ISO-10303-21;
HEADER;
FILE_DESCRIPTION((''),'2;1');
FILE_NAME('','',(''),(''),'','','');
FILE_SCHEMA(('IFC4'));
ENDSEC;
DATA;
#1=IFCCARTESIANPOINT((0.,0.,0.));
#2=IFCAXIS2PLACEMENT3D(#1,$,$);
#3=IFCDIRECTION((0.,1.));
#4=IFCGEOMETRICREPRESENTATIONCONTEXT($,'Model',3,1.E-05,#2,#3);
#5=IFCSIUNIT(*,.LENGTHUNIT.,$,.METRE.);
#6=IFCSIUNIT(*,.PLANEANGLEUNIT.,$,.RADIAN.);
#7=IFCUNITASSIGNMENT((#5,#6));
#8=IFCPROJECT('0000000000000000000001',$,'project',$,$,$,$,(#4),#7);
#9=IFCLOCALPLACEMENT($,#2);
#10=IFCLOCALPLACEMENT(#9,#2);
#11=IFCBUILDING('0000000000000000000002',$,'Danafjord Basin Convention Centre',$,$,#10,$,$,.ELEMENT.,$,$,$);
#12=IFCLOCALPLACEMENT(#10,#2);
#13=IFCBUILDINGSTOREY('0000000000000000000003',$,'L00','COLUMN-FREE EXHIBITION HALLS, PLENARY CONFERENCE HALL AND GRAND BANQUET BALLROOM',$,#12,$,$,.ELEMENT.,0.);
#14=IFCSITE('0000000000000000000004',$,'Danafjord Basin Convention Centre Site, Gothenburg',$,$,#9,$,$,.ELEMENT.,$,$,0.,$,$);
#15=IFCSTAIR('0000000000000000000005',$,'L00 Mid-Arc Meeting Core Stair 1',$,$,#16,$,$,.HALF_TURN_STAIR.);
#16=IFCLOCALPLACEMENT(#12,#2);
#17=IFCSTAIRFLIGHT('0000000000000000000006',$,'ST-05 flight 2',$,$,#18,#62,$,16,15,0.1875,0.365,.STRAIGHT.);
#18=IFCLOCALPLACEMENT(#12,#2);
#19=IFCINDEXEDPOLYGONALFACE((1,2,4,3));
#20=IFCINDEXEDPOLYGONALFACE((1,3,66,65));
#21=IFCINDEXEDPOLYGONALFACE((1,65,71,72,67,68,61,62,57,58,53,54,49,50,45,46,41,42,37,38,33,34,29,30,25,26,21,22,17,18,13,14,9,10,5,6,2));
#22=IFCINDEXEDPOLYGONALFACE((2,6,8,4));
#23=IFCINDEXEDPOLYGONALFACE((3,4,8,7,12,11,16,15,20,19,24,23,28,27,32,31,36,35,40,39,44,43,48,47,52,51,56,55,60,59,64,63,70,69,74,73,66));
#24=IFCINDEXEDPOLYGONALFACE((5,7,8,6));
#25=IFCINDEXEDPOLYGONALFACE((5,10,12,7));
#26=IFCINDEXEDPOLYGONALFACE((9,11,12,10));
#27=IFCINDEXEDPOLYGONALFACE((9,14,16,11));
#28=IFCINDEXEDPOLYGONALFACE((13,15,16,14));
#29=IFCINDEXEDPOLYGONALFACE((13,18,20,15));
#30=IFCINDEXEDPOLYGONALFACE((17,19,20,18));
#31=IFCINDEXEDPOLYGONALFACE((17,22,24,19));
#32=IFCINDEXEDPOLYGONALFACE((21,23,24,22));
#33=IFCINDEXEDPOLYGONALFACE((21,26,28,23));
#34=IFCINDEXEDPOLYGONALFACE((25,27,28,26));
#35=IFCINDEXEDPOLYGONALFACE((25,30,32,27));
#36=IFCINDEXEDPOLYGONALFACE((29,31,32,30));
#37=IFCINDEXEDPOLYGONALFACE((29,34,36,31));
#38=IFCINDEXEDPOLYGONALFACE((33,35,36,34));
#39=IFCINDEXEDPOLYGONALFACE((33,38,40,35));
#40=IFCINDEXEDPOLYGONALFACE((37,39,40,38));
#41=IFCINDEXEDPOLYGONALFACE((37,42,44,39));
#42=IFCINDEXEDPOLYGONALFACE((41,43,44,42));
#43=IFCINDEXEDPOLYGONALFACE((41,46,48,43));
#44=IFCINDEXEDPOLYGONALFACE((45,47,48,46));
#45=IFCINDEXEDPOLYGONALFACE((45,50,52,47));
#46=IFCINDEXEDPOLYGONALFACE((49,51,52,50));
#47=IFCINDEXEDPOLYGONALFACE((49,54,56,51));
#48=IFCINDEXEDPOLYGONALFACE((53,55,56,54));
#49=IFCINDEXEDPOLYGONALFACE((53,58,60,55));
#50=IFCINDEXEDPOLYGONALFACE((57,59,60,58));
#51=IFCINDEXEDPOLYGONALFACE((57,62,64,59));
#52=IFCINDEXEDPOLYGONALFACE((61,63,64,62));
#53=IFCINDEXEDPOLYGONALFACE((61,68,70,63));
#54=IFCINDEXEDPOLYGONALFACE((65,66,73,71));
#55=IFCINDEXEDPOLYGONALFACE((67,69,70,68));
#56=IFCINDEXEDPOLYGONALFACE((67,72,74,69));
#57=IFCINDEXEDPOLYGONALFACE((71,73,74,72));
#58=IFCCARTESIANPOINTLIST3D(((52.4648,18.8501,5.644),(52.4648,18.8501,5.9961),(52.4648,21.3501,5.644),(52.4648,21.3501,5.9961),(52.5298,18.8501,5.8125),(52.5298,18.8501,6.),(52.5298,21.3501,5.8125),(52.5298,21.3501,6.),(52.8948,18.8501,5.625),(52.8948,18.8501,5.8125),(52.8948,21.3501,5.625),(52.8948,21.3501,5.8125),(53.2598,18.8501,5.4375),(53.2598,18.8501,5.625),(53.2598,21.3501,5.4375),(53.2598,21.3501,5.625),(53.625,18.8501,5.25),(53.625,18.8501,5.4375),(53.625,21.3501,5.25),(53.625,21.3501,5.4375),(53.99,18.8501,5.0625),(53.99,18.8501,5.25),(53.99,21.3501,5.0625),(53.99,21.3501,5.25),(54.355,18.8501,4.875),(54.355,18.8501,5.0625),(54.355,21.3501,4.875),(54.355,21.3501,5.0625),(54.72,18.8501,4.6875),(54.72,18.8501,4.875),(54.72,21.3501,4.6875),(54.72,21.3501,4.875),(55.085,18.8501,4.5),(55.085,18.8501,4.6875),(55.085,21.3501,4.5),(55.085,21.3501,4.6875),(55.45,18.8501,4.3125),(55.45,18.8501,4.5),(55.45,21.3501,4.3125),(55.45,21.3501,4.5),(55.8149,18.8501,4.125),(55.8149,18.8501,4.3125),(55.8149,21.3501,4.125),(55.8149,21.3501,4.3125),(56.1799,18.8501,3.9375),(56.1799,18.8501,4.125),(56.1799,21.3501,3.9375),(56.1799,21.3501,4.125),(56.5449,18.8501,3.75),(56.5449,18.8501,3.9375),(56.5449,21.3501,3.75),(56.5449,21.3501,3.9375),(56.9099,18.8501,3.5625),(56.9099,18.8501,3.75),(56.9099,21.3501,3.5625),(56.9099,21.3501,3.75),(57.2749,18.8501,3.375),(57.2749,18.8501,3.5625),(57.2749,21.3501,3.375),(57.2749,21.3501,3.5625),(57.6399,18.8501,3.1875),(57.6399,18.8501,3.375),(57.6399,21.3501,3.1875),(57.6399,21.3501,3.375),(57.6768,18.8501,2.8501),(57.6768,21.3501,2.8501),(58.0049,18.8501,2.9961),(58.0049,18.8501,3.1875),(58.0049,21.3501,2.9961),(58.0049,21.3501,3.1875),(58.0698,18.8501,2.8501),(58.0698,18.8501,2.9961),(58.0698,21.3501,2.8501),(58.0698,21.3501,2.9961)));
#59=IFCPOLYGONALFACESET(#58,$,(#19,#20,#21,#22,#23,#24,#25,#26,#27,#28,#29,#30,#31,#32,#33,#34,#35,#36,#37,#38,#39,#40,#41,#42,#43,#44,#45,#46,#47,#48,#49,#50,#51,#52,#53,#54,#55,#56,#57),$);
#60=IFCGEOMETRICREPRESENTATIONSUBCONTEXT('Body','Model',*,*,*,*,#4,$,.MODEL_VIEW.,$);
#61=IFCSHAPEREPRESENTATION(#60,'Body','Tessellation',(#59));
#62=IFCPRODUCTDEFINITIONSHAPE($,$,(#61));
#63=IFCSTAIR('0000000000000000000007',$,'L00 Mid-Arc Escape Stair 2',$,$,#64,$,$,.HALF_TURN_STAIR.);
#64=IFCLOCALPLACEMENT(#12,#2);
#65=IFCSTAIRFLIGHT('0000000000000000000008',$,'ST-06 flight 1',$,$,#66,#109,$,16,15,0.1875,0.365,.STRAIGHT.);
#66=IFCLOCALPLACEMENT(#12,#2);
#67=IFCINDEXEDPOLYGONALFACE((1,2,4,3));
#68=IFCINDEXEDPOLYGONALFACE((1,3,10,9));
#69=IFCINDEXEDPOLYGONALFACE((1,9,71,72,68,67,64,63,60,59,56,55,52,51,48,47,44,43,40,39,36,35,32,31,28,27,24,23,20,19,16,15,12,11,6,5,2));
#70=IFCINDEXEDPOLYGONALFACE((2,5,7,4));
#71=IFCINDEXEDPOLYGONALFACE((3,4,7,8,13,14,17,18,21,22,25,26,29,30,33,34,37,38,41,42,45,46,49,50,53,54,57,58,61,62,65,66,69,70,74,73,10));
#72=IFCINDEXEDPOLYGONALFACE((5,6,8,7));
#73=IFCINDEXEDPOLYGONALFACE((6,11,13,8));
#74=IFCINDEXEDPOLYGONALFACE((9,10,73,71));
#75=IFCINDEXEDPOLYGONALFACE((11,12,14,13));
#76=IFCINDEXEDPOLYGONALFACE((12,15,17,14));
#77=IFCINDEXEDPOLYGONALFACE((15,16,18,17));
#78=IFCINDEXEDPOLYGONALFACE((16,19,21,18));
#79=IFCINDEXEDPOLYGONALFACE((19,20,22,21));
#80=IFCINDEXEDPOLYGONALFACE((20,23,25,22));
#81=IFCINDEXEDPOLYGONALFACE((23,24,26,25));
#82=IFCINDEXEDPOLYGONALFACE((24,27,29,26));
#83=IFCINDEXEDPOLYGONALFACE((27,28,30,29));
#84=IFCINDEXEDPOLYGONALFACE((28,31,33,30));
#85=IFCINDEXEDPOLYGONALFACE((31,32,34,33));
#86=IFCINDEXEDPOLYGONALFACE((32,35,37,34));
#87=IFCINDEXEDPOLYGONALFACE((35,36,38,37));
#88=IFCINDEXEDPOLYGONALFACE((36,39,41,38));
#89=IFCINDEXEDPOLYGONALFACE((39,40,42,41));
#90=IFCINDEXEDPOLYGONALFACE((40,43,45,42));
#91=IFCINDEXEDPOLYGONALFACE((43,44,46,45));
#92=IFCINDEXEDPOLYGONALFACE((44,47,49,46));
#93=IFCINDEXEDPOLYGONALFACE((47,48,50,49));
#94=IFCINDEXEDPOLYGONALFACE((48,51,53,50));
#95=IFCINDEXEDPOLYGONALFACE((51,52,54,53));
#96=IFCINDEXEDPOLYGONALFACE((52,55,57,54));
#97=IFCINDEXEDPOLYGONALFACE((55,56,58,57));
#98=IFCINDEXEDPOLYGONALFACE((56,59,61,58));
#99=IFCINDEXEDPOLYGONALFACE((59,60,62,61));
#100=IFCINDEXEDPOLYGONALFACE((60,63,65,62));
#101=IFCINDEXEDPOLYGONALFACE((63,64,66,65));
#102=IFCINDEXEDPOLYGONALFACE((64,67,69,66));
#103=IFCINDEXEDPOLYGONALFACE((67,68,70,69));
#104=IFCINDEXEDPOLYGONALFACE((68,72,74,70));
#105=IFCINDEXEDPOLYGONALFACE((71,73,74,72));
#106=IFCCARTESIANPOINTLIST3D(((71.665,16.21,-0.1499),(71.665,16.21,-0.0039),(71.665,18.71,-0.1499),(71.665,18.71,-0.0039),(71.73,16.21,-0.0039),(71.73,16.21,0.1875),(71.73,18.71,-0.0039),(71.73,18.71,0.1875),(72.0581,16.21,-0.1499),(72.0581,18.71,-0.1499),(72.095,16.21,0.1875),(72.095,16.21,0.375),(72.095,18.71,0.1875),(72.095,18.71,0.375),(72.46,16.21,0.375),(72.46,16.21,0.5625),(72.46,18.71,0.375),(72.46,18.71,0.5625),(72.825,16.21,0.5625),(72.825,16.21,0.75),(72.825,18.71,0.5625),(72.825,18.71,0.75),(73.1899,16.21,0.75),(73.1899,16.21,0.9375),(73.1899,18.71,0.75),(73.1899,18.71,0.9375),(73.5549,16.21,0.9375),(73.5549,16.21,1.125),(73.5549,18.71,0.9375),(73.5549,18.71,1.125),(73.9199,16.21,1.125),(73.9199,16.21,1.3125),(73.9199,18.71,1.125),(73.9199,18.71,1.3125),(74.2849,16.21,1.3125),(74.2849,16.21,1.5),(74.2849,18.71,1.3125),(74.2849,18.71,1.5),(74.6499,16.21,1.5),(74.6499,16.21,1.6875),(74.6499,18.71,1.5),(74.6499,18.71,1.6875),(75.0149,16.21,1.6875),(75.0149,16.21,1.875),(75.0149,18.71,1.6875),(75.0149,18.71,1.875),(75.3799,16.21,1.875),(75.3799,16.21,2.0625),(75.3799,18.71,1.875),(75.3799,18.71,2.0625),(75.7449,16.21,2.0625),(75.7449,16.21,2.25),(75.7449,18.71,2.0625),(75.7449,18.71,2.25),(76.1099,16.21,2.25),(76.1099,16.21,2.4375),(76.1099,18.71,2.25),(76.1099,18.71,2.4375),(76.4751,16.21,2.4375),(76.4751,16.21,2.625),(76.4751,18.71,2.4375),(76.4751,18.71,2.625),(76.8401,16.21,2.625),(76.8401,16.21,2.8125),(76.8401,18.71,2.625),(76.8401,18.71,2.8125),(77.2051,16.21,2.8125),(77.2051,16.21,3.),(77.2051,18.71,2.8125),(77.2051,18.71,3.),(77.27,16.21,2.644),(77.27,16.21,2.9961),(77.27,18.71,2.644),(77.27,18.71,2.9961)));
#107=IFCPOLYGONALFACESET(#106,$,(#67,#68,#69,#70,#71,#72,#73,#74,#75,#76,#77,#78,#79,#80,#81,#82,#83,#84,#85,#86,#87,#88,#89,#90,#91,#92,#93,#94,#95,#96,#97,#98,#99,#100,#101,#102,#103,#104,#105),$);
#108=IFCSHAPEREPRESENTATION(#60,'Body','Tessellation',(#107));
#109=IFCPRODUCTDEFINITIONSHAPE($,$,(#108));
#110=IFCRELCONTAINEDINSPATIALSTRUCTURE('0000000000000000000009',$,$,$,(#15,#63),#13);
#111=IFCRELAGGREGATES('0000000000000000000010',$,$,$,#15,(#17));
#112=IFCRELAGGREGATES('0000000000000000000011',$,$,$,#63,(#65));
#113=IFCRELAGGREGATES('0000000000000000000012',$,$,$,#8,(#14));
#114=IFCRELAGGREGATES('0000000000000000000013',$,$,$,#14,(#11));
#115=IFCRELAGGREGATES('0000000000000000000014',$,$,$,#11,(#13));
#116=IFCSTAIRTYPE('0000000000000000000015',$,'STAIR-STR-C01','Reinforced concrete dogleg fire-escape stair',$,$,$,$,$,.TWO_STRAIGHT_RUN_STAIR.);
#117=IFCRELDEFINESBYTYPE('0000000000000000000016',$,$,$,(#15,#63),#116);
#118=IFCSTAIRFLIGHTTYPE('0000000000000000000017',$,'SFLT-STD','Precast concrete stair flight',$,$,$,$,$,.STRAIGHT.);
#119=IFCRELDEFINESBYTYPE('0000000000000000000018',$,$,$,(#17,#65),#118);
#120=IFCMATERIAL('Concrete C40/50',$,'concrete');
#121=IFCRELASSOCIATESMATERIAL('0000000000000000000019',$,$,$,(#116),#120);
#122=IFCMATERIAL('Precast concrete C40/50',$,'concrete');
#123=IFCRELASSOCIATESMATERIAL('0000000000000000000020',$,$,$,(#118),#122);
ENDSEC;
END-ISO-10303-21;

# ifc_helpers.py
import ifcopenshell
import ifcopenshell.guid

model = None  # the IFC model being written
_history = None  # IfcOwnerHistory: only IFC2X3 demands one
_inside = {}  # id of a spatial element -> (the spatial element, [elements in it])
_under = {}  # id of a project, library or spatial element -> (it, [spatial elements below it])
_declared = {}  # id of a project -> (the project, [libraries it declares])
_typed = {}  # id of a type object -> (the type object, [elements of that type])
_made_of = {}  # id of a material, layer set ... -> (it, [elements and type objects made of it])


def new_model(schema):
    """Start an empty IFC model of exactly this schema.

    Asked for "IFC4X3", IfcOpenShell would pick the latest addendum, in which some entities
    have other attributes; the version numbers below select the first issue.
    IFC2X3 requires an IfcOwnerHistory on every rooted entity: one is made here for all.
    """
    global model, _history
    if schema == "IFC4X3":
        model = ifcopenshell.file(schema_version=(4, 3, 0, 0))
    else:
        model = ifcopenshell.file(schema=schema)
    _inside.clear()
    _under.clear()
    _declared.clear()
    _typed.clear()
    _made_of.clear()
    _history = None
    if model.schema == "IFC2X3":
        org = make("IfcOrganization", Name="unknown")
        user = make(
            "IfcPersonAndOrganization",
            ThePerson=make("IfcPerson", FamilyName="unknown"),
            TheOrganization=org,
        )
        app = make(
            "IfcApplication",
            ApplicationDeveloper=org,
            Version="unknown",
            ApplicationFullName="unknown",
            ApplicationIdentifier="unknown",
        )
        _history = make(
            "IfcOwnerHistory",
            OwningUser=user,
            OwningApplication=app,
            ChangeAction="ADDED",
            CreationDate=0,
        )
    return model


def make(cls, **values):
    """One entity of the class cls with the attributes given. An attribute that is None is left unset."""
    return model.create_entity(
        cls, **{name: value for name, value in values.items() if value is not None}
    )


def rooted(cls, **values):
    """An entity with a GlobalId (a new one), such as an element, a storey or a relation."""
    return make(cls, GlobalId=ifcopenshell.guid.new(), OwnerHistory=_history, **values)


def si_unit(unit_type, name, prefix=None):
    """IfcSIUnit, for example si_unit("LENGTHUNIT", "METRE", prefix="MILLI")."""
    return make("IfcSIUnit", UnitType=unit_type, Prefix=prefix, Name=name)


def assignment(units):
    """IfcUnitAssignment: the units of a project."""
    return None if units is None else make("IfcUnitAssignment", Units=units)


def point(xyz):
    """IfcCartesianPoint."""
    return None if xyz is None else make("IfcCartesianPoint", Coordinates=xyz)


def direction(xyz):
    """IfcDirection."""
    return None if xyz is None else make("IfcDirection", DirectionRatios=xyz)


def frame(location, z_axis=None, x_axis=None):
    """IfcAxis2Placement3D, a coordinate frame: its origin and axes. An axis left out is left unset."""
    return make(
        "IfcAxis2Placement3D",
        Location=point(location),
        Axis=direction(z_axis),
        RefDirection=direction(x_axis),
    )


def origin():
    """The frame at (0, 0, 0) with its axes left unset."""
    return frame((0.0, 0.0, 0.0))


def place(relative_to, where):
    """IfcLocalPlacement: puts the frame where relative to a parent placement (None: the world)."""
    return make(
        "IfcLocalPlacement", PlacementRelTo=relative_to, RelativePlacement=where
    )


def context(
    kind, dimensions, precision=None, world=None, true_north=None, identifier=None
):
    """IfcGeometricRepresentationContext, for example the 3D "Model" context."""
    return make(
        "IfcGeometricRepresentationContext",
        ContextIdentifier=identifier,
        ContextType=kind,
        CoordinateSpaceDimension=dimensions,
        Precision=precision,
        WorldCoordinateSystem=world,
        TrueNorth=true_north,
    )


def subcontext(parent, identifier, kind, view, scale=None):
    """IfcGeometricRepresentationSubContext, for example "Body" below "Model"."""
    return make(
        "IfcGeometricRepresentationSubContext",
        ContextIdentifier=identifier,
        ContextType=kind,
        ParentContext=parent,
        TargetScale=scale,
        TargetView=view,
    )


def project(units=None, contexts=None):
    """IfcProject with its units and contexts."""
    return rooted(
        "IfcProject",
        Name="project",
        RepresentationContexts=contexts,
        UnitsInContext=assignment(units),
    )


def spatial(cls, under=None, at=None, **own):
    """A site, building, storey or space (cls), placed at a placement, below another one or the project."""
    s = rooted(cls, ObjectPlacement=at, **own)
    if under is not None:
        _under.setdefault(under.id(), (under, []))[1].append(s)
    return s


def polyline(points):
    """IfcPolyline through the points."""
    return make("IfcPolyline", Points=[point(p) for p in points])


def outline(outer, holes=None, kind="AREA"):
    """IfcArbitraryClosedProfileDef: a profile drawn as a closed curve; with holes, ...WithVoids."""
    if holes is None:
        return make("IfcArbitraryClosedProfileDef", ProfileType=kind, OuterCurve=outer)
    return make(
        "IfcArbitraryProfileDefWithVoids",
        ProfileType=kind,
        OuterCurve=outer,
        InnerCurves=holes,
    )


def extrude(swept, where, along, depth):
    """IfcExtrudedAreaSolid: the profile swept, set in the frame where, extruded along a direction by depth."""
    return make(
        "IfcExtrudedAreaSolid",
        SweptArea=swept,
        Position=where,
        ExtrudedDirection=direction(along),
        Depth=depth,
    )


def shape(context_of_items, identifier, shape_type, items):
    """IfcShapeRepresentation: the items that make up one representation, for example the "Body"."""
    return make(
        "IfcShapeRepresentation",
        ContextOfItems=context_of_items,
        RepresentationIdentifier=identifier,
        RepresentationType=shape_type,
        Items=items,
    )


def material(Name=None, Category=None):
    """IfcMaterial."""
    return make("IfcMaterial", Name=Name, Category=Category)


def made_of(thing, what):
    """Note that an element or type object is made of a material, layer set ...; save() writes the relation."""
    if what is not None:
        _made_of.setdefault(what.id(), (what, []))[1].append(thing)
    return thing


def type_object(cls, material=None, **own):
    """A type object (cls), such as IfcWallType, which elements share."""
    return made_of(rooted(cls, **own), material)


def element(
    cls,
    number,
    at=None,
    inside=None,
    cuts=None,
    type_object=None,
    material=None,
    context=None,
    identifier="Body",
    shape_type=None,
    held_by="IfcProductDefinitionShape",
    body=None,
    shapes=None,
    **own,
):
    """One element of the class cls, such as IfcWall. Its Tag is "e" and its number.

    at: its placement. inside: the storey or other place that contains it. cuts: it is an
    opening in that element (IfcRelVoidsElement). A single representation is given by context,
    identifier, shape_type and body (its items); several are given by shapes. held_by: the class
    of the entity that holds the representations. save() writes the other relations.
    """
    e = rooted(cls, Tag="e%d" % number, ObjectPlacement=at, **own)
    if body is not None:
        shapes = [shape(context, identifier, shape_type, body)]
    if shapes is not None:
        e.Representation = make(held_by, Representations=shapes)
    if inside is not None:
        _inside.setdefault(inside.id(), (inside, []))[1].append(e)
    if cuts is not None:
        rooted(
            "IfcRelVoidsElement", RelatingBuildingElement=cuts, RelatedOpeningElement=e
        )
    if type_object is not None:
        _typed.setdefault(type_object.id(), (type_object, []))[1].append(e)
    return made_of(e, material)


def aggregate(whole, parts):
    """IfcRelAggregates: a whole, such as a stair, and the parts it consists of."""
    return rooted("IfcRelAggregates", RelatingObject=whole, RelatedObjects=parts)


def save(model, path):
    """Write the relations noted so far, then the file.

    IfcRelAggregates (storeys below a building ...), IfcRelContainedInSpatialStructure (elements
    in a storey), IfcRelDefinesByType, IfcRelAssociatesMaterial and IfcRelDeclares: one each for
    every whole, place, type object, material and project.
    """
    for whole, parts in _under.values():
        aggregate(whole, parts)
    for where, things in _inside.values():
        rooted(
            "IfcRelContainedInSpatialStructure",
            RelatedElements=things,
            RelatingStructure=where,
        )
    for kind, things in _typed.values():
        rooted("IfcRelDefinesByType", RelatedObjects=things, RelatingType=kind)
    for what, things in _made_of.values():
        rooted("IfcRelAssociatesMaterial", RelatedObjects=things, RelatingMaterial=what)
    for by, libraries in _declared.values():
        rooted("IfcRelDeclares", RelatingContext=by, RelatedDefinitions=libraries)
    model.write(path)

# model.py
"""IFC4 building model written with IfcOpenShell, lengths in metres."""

from ifc_helpers import new_model, si_unit, direction, frame, origin, place, context, subcontext, project, spatial, polyline, outline, extrude, material, type_object, element, aggregate, save


model = new_model("IFC4")

# Units and contexts
model_context = context("Model", 3, precision=1e-05, world=origin(), true_north=direction((0.0, 1.0)))
body_context = subcontext(model_context, "Body", "Model", "MODEL_VIEW")
ifc_project = project(units=[si_unit("LENGTHUNIT", "METRE"), si_unit("PLANEANGLEUNIT", "RADIAN")], contexts=[model_context])

# Site, building, storey
site_placement = place(None, origin())
site = spatial("IfcSite", under=ifc_project, at=site_placement, Name="Danafjord Basin Convention Centre Site, Gothenburg", CompositionType="ELEMENT", RefElevation=0.0)
building_placement = place(site_placement, origin())
building = spatial("IfcBuilding", under=site, at=building_placement, Name="Danafjord Basin Convention Centre", CompositionType="ELEMENT")
storey_placement = place(building_placement, origin())
storey = spatial("IfcBuildingStorey", under=building, at=storey_placement, Name="L00", Description="COLUMN-FREE EXHIBITION HALLS, PLENARY CONFERENCE HALL AND GRAND BANQUET BALLROOM", CompositionType="ELEMENT", Elevation=0.0)

# Stairs, stair flights
ifc_material_1 = material(Name="Concrete C40/50", Category="concrete")
stair_type = type_object("IfcStairType", Name="STAIR-STR-C01", Description="Reinforced concrete dogleg fire-escape stair", PredefinedType="TWO_STRAIGHT_RUN_STAIR", material=ifc_material_1)
stair_1_placement = place(storey_placement, origin())
stair_1 = element("IfcStair", 1, at=stair_1_placement, inside=storey, type_object=stair_type, Name="L00 Mid-Arc Meeting Core Stair 1", PredefinedType="HALF_TURN_STAIR")
ifc_material_2 = material(Name="Precast concrete C40/50", Category="concrete")
stair_flight_type = type_object("IfcStairFlightType", Name="SFLT-STD", Description="Precast concrete stair flight", PredefinedType="STRAIGHT", material=ifc_material_2)
stair_flight_1_placement = place(storey_placement, frame((58.0049, 20.1001, 3.0), z_axis=(0.0, 0.0, 1.0), x_axis=(-1.0, 0.0, 0.0)))
stair_flight_1 = element("IfcStairFlight", 2, at=stair_flight_1_placement, type_object=stair_flight_type, Name="ST-05 flight 2", NumberOfRisers=16, NumberOfTreads=15, PredefinedType="STRAIGHT", RiserHeight=0.1875, TreadLength=0.365, context=body_context, shape_type="SweptSolid", body=[
    extrude(outline(polyline([(-0.0649, -0.1499), (-0.0649, -0.0039), (0.0, -0.0039), (0.0, 0.1875), (0.365, 0.1875), (0.365, 0.375), (0.73, 0.375), (0.73, 0.5625), (1.095, 0.5625), (1.095, 0.75), (1.46, 0.75), (1.46, 0.9375), (1.825, 0.9375), (1.825, 1.125), (2.1899, 1.125), (2.1899, 1.3125), (2.5549, 1.3125), (2.5549, 1.5), (2.9199, 1.5), (2.9199, 1.6875), (3.2849, 1.6875), (3.2849, 1.875), (3.6499, 1.875), (3.6499, 2.0625), (4.0149, 2.0625), (4.0149, 2.25), (4.3799, 2.25), (4.3799, 2.4375), (4.7451, 2.4375), (4.7451, 2.625), (5.1101, 2.625), (5.1101, 2.8125), (5.4751, 2.8125), (5.4751, 3.0), (5.54, 2.9961), (5.54, 2.644), (0.3281, -0.1499), (-0.0649, -0.1499)])), frame((0.0, 1.25, 0.0), z_axis=(0.0, -1.0, 0.0), x_axis=(1.0, 0.0, 0.0)), (0.0, 0.0, 1.0), 2.5),
])
aggregate(stair_1, [stair_flight_1])
stair_2_placement = place(storey_placement, origin())
stair_2 = element("IfcStair", 3, at=stair_2_placement, inside=storey, type_object=stair_type, Name="L00 Mid-Arc Escape Stair 2", PredefinedType="HALF_TURN_STAIR")
stair_flight_2_placement = place(storey_placement, frame((71.73, 17.46, 0.0), z_axis=(0.0, 0.0, 1.0), x_axis=(1.0, 0.0, 0.0)))
stair_flight_2 = element("IfcStairFlight", 4, at=stair_flight_2_placement, type_object=stair_flight_type, Name="ST-06 flight 1", NumberOfRisers=16, NumberOfTreads=15, PredefinedType="STRAIGHT", RiserHeight=0.1875, TreadLength=0.365, context=body_context, shape_type="SweptSolid", body=[
    extrude(outline(polyline([(-0.0649, -0.1499), (-0.0649, -0.0039), (0.0, -0.0039), (0.0, 0.1875), (0.365, 0.1875), (0.365, 0.375), (0.73, 0.375), (0.73, 0.5625), (1.095, 0.5625), (1.095, 0.75), (1.46, 0.75), (1.46, 0.9375), (1.825, 0.9375), (1.825, 1.125), (2.1899, 1.125), (2.1899, 1.3125), (2.5549, 1.3125), (2.5549, 1.5), (2.9199, 1.5), (2.9199, 1.6875), (3.2849, 1.6875), (3.2849, 1.875), (3.6499, 1.875), (3.6499, 2.0625), (4.0149, 2.0625), (4.0149, 2.25), (4.3799, 2.25), (4.3799, 2.4375), (4.7451, 2.4375), (4.7451, 2.625), (5.1101, 2.625), (5.1101, 2.8125), (5.4751, 2.8125), (5.4751, 3.0), (5.54, 2.9961), (5.54, 2.644), (0.3281, -0.1499), (-0.0649, -0.1499)])), frame((0.0, 1.25, 0.0), z_axis=(0.0, -1.0, 0.0), x_axis=(1.0, 0.0, 0.0)), (0.0, 0.0, 1.0), 2.5),
])
aggregate(stair_2, [stair_flight_2])

save(model, "model.ifc")
